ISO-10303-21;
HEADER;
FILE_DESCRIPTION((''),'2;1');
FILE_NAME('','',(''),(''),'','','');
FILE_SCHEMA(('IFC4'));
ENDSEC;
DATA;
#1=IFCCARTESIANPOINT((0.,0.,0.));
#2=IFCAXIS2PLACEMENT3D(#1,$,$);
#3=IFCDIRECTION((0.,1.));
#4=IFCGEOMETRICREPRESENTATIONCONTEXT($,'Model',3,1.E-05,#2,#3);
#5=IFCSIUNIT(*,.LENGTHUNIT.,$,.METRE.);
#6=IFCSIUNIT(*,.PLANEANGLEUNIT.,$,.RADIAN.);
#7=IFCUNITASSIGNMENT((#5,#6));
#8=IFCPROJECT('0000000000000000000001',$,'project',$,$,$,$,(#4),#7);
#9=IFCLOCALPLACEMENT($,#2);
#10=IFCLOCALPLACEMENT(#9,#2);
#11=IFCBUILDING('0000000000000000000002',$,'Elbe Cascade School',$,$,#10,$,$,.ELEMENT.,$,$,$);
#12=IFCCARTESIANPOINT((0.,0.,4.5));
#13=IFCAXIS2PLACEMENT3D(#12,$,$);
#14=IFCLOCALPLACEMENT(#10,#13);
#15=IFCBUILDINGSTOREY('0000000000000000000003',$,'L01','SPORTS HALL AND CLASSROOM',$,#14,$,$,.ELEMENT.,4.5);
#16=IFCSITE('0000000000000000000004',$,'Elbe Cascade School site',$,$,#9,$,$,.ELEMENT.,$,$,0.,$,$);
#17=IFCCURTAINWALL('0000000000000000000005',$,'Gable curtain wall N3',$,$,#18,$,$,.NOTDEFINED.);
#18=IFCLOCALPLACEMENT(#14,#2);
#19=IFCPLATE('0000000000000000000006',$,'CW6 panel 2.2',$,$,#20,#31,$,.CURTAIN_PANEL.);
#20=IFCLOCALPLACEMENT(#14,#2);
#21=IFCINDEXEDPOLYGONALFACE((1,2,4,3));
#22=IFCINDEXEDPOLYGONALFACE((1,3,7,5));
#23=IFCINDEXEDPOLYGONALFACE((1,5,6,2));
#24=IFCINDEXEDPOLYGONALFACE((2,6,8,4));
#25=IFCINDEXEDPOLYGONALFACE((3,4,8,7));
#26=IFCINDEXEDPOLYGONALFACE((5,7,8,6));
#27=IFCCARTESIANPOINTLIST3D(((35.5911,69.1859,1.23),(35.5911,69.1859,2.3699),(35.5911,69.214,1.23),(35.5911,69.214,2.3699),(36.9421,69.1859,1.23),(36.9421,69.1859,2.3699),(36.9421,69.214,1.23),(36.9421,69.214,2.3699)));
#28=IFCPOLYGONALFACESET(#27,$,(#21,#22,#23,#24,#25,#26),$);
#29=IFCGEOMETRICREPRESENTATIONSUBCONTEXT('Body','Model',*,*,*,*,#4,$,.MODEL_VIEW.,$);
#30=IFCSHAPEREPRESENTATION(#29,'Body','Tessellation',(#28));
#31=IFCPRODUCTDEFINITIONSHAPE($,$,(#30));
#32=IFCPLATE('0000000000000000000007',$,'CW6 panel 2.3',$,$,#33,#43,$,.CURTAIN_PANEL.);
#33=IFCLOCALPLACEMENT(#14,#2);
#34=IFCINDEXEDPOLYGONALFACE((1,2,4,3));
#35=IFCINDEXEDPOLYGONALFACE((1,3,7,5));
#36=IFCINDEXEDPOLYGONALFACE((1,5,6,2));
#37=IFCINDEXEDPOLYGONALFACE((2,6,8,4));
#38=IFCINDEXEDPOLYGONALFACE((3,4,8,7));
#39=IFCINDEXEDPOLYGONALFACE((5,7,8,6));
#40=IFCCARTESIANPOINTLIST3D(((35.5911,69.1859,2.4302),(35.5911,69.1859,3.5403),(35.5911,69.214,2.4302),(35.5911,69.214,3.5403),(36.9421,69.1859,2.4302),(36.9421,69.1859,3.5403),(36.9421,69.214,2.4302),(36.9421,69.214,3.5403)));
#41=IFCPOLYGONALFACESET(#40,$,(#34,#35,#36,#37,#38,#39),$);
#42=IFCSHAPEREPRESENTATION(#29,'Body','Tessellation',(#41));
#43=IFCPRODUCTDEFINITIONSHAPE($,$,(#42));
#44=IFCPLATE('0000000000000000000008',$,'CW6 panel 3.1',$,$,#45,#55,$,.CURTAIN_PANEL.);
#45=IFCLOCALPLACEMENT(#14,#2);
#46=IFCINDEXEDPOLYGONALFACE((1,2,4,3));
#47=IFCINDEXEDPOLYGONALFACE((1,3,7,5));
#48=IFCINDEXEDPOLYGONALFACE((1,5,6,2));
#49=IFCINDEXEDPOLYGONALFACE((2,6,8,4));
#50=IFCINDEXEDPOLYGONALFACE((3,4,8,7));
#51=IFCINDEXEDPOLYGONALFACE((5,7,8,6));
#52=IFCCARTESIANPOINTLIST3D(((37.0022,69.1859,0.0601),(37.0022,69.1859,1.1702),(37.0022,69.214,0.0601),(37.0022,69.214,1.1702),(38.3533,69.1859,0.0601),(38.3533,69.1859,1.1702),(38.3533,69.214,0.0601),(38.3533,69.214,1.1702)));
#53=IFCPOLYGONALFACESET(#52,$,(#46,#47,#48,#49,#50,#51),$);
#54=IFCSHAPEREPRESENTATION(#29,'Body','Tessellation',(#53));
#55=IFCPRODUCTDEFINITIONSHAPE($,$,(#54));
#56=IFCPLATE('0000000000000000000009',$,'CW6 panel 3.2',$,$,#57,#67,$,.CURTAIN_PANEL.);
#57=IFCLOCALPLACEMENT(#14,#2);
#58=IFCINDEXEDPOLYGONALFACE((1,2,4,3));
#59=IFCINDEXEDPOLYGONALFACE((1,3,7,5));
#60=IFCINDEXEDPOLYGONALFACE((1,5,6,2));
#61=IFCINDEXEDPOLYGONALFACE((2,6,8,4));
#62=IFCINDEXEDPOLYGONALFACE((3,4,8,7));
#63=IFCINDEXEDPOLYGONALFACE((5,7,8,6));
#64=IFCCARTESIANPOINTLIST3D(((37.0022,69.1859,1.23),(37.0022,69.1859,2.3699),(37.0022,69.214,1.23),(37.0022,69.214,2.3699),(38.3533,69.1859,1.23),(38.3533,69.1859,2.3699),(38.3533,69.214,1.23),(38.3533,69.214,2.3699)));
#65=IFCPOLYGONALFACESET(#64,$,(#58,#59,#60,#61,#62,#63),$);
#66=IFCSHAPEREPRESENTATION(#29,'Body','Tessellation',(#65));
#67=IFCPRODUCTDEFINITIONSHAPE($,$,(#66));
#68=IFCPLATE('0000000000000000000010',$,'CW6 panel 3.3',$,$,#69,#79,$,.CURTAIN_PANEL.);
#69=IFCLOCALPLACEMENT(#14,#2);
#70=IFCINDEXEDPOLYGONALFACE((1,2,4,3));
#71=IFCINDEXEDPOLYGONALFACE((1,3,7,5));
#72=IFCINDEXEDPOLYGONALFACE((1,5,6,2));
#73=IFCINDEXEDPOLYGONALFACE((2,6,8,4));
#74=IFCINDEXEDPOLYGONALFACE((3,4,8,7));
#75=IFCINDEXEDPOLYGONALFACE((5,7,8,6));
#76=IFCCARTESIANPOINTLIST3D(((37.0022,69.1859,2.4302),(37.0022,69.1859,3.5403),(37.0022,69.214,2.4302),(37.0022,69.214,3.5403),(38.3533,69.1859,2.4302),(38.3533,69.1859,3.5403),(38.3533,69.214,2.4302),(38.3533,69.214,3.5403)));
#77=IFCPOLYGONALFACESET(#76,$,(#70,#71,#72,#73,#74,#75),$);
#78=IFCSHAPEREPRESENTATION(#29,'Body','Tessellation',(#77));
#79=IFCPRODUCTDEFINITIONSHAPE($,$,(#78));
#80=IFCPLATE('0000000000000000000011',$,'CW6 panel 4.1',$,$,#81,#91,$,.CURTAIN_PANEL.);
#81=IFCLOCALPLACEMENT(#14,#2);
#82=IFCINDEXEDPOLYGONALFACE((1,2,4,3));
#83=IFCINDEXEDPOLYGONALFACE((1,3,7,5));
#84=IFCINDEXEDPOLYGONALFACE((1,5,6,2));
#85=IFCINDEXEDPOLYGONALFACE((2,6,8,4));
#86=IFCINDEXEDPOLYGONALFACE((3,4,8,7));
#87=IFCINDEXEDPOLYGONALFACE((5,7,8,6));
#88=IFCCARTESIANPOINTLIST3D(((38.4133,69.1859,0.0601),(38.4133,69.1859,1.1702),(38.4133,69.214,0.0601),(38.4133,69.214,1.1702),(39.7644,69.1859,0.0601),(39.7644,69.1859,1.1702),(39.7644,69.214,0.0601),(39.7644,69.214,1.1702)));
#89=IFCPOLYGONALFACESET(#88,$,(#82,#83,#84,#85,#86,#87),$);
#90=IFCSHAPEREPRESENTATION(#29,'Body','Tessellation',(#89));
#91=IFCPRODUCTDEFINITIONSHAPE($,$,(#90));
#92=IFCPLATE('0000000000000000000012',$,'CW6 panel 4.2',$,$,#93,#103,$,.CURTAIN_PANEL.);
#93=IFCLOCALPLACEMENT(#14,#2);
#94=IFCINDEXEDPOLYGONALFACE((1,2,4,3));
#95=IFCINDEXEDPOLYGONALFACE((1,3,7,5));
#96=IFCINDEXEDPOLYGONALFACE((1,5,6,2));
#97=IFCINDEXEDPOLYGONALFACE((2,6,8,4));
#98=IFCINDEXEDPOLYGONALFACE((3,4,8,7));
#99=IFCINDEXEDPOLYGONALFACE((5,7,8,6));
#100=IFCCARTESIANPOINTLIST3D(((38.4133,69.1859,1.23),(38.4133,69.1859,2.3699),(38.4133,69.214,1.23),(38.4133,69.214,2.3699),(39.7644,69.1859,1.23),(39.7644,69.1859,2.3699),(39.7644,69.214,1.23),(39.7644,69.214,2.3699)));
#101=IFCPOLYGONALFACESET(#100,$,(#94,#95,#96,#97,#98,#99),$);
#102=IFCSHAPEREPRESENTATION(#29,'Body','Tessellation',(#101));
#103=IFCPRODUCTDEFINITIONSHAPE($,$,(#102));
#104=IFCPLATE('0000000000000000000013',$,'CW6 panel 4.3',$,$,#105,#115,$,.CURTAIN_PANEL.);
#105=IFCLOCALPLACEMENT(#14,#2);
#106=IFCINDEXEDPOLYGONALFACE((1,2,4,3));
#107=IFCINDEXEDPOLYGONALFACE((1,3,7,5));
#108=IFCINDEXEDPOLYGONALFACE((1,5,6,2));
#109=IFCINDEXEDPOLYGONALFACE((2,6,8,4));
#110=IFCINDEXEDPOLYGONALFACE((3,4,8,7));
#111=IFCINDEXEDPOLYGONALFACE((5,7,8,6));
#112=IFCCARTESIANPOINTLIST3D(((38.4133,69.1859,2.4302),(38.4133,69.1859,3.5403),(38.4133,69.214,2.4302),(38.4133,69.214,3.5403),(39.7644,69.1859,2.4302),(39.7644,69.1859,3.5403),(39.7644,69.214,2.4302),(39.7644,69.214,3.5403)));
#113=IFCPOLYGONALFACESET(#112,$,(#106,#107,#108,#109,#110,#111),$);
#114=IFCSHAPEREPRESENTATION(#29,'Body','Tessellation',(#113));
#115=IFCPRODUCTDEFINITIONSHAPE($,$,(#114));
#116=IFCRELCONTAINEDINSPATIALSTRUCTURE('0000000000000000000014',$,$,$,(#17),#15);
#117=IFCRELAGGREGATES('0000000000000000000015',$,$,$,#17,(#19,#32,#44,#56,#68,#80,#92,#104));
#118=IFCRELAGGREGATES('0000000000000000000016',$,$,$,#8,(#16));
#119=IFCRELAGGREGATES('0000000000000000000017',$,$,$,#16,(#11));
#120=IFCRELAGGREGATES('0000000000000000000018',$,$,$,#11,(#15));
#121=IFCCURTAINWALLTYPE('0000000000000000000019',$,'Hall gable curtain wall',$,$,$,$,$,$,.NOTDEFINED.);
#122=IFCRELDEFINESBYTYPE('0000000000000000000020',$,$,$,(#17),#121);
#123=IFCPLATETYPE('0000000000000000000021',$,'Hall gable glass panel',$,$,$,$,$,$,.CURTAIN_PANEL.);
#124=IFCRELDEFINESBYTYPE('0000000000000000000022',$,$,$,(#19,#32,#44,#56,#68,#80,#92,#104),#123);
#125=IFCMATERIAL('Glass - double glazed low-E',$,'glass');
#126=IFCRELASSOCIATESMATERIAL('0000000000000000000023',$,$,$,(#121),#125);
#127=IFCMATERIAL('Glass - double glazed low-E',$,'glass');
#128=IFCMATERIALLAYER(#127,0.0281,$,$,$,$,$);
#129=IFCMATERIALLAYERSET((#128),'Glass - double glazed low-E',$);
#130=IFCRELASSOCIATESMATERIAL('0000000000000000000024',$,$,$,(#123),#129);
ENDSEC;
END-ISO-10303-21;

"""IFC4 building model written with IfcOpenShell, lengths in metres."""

from ifc_helpers import new_model, si_unit, direction, frame, origin, origin_2d, place, context, subcontext, project, spatial, rectangle, extrude, material, layer, layer_set, type_object, element, aggregate, save


model = new_model("IFC4")

# Units and contexts
model_context = context("Model", 3, precision=1e-05, world=origin(), true_north=direction((0.0, 1.0)))
body_context = subcontext(model_context, "Body", "Model", "MODEL_VIEW")
ifc_project = project(units=[si_unit("LENGTHUNIT", "METRE"), si_unit("PLANEANGLEUNIT", "RADIAN")], contexts=[model_context])

# Site, building, storey
site_placement = place(None, origin())
site = spatial("IfcSite", under=ifc_project, at=site_placement, Name="Elbe Cascade School site", CompositionType="ELEMENT", RefElevation=0.0)
building_placement = place(site_placement, origin())
building = spatial("IfcBuilding", under=site, at=building_placement, Name="Elbe Cascade School", CompositionType="ELEMENT")
storey_placement = place(building_placement, frame((0.0, 0.0, 4.5)))
storey = spatial("IfcBuildingStorey", under=building, at=storey_placement, Name="L01", Description="SPORTS HALL AND CLASSROOM", CompositionType="ELEMENT", Elevation=4.5)

# Curtain wall, plates
ifc_material_1 = material(Name="Glass - double glazed low-E", Category="glass")
curtain_wall_type = type_object("IfcCurtainWallType", Name="Hall gable curtain wall", PredefinedType="NOTDEFINED", material=ifc_material_1)
curtain_wall_placement = place(storey_placement, origin())
curtain_wall = element("IfcCurtainWall", 1, at=curtain_wall_placement, inside=storey, type_object=curtain_wall_type, Name="Gable curtain wall N3", PredefinedType="NOTDEFINED")
ifc_material_2 = material(Name="Glass - double glazed low-E", Category="glass")
ifc_layer = layer(ifc_material_2, 0.0281)
ifc_layer_set = layer_set([ifc_layer], Name="Glass - double glazed low-E")
plate_type = type_object("IfcPlateType", Name="Hall gable glass panel", PredefinedType="CURTAIN_PANEL", material=ifc_layer_set)
plate_1_placement = place(storey_placement, frame((36.2666, 69.2, 1.23), z_axis=(0.0, 0.0, 1.0), x_axis=(1.0, 0.0, 0.0)))
plate_1 = element("IfcPlate", 2, at=plate_1_placement, type_object=plate_type, Name="CW6 panel 2.2", PredefinedType="CURTAIN_PANEL", context=body_context, shape_type="SweptSolid", body=[
    extrude(rectangle(XDim=1.3511, YDim=0.0281, at=origin_2d()), origin(), (0.0, 0.0, 1.0), 1.1399),
])
plate_2_placement = place(storey_placement, frame((36.2666, 69.2, 2.4302), z_axis=(0.0, 0.0, 1.0), x_axis=(1.0, 0.0, 0.0)))
plate_2 = element("IfcPlate", 3, at=plate_2_placement, type_object=plate_type, Name="CW6 panel 2.3", PredefinedType="CURTAIN_PANEL", context=body_context, shape_type="SweptSolid", body=[
    extrude(rectangle(XDim=1.3511, YDim=0.0281, at=origin_2d()), origin(), (0.0, 0.0, 1.0), 1.1101),
])
plate_3_placement = place(storey_placement, frame((37.6777, 69.2, 0.0601), z_axis=(0.0, 0.0, 1.0), x_axis=(1.0, 0.0, 0.0)))
plate_3 = element("IfcPlate", 4, at=plate_3_placement, type_object=plate_type, Name="CW6 panel 3.1", PredefinedType="CURTAIN_PANEL", context=body_context, shape_type="SweptSolid", body=[
    extrude(rectangle(XDim=1.3511, YDim=0.0281, at=origin_2d()), origin(), (0.0, 0.0, 1.0), 1.1101),
])
plate_4_placement = place(storey_placement, frame((37.6777, 69.2, 1.23), z_axis=(0.0, 0.0, 1.0), x_axis=(1.0, 0.0, 0.0)))
plate_4 = element("IfcPlate", 5, at=plate_4_placement, type_object=plate_type, Name="CW6 panel 3.2", PredefinedType="CURTAIN_PANEL", context=body_context, shape_type="SweptSolid", body=[
    extrude(rectangle(XDim=1.3511, YDim=0.0281, at=origin_2d()), origin(), (0.0, 0.0, 1.0), 1.1399),
])
plate_5_placement = place(storey_placement, frame((37.6777, 69.2, 2.4302), z_axis=(0.0, 0.0, 1.0), x_axis=(1.0, 0.0, 0.0)))
plate_5 = element("IfcPlate", 6, at=plate_5_placement, type_object=plate_type, Name="CW6 panel 3.3", PredefinedType="CURTAIN_PANEL", context=body_context, shape_type="SweptSolid", body=[
    extrude(rectangle(XDim=1.3511, YDim=0.0281, at=origin_2d()), origin(), (0.0, 0.0, 1.0), 1.1101),
])
plate_6_placement = place(storey_placement, frame((39.0889, 69.2, 0.0601), z_axis=(0.0, 0.0, 1.0), x_axis=(1.0, 0.0, 0.0)))
plate_6 = element("IfcPlate", 7, at=plate_6_placement, type_object=plate_type, Name="CW6 panel 4.1", PredefinedType="CURTAIN_PANEL", context=body_context, shape_type="SweptSolid", body=[
    extrude(rectangle(XDim=1.3511, YDim=0.0281, at=origin_2d()), origin(), (0.0, 0.0, 1.0), 1.1101),
])
plate_7_placement = place(storey_placement, frame((39.0889, 69.2, 1.23), z_axis=(0.0, 0.0, 1.0), x_axis=(1.0, 0.0, 0.0)))
plate_7 = element("IfcPlate", 8, at=plate_7_placement, type_object=plate_type, Name="CW6 panel 4.2", PredefinedType="CURTAIN_PANEL", context=body_context, shape_type="SweptSolid", body=[
    extrude(rectangle(XDim=1.3511, YDim=0.0281, at=origin_2d()), origin(), (0.0, 0.0, 1.0), 1.1399),
])
plate_8_placement = place(storey_placement, frame((39.0889, 69.2, 2.4302), z_axis=(0.0, 0.0, 1.0), x_axis=(1.0, 0.0, 0.0)))
plate_8 = element("IfcPlate", 9, at=plate_8_placement, type_object=plate_type, Name="CW6 panel 4.3", PredefinedType="CURTAIN_PANEL", context=body_context, shape_type="SweptSolid", body=[
    extrude(rectangle(XDim=1.3511, YDim=0.0281, at=origin_2d()), origin(), (0.0, 0.0, 1.0), 1.1101),
])
aggregate(curtain_wall, [plate_1, plate_2, plate_3, plate_4, plate_5, plate_6, plate_7, plate_8])

save(model, "model.ifc")
